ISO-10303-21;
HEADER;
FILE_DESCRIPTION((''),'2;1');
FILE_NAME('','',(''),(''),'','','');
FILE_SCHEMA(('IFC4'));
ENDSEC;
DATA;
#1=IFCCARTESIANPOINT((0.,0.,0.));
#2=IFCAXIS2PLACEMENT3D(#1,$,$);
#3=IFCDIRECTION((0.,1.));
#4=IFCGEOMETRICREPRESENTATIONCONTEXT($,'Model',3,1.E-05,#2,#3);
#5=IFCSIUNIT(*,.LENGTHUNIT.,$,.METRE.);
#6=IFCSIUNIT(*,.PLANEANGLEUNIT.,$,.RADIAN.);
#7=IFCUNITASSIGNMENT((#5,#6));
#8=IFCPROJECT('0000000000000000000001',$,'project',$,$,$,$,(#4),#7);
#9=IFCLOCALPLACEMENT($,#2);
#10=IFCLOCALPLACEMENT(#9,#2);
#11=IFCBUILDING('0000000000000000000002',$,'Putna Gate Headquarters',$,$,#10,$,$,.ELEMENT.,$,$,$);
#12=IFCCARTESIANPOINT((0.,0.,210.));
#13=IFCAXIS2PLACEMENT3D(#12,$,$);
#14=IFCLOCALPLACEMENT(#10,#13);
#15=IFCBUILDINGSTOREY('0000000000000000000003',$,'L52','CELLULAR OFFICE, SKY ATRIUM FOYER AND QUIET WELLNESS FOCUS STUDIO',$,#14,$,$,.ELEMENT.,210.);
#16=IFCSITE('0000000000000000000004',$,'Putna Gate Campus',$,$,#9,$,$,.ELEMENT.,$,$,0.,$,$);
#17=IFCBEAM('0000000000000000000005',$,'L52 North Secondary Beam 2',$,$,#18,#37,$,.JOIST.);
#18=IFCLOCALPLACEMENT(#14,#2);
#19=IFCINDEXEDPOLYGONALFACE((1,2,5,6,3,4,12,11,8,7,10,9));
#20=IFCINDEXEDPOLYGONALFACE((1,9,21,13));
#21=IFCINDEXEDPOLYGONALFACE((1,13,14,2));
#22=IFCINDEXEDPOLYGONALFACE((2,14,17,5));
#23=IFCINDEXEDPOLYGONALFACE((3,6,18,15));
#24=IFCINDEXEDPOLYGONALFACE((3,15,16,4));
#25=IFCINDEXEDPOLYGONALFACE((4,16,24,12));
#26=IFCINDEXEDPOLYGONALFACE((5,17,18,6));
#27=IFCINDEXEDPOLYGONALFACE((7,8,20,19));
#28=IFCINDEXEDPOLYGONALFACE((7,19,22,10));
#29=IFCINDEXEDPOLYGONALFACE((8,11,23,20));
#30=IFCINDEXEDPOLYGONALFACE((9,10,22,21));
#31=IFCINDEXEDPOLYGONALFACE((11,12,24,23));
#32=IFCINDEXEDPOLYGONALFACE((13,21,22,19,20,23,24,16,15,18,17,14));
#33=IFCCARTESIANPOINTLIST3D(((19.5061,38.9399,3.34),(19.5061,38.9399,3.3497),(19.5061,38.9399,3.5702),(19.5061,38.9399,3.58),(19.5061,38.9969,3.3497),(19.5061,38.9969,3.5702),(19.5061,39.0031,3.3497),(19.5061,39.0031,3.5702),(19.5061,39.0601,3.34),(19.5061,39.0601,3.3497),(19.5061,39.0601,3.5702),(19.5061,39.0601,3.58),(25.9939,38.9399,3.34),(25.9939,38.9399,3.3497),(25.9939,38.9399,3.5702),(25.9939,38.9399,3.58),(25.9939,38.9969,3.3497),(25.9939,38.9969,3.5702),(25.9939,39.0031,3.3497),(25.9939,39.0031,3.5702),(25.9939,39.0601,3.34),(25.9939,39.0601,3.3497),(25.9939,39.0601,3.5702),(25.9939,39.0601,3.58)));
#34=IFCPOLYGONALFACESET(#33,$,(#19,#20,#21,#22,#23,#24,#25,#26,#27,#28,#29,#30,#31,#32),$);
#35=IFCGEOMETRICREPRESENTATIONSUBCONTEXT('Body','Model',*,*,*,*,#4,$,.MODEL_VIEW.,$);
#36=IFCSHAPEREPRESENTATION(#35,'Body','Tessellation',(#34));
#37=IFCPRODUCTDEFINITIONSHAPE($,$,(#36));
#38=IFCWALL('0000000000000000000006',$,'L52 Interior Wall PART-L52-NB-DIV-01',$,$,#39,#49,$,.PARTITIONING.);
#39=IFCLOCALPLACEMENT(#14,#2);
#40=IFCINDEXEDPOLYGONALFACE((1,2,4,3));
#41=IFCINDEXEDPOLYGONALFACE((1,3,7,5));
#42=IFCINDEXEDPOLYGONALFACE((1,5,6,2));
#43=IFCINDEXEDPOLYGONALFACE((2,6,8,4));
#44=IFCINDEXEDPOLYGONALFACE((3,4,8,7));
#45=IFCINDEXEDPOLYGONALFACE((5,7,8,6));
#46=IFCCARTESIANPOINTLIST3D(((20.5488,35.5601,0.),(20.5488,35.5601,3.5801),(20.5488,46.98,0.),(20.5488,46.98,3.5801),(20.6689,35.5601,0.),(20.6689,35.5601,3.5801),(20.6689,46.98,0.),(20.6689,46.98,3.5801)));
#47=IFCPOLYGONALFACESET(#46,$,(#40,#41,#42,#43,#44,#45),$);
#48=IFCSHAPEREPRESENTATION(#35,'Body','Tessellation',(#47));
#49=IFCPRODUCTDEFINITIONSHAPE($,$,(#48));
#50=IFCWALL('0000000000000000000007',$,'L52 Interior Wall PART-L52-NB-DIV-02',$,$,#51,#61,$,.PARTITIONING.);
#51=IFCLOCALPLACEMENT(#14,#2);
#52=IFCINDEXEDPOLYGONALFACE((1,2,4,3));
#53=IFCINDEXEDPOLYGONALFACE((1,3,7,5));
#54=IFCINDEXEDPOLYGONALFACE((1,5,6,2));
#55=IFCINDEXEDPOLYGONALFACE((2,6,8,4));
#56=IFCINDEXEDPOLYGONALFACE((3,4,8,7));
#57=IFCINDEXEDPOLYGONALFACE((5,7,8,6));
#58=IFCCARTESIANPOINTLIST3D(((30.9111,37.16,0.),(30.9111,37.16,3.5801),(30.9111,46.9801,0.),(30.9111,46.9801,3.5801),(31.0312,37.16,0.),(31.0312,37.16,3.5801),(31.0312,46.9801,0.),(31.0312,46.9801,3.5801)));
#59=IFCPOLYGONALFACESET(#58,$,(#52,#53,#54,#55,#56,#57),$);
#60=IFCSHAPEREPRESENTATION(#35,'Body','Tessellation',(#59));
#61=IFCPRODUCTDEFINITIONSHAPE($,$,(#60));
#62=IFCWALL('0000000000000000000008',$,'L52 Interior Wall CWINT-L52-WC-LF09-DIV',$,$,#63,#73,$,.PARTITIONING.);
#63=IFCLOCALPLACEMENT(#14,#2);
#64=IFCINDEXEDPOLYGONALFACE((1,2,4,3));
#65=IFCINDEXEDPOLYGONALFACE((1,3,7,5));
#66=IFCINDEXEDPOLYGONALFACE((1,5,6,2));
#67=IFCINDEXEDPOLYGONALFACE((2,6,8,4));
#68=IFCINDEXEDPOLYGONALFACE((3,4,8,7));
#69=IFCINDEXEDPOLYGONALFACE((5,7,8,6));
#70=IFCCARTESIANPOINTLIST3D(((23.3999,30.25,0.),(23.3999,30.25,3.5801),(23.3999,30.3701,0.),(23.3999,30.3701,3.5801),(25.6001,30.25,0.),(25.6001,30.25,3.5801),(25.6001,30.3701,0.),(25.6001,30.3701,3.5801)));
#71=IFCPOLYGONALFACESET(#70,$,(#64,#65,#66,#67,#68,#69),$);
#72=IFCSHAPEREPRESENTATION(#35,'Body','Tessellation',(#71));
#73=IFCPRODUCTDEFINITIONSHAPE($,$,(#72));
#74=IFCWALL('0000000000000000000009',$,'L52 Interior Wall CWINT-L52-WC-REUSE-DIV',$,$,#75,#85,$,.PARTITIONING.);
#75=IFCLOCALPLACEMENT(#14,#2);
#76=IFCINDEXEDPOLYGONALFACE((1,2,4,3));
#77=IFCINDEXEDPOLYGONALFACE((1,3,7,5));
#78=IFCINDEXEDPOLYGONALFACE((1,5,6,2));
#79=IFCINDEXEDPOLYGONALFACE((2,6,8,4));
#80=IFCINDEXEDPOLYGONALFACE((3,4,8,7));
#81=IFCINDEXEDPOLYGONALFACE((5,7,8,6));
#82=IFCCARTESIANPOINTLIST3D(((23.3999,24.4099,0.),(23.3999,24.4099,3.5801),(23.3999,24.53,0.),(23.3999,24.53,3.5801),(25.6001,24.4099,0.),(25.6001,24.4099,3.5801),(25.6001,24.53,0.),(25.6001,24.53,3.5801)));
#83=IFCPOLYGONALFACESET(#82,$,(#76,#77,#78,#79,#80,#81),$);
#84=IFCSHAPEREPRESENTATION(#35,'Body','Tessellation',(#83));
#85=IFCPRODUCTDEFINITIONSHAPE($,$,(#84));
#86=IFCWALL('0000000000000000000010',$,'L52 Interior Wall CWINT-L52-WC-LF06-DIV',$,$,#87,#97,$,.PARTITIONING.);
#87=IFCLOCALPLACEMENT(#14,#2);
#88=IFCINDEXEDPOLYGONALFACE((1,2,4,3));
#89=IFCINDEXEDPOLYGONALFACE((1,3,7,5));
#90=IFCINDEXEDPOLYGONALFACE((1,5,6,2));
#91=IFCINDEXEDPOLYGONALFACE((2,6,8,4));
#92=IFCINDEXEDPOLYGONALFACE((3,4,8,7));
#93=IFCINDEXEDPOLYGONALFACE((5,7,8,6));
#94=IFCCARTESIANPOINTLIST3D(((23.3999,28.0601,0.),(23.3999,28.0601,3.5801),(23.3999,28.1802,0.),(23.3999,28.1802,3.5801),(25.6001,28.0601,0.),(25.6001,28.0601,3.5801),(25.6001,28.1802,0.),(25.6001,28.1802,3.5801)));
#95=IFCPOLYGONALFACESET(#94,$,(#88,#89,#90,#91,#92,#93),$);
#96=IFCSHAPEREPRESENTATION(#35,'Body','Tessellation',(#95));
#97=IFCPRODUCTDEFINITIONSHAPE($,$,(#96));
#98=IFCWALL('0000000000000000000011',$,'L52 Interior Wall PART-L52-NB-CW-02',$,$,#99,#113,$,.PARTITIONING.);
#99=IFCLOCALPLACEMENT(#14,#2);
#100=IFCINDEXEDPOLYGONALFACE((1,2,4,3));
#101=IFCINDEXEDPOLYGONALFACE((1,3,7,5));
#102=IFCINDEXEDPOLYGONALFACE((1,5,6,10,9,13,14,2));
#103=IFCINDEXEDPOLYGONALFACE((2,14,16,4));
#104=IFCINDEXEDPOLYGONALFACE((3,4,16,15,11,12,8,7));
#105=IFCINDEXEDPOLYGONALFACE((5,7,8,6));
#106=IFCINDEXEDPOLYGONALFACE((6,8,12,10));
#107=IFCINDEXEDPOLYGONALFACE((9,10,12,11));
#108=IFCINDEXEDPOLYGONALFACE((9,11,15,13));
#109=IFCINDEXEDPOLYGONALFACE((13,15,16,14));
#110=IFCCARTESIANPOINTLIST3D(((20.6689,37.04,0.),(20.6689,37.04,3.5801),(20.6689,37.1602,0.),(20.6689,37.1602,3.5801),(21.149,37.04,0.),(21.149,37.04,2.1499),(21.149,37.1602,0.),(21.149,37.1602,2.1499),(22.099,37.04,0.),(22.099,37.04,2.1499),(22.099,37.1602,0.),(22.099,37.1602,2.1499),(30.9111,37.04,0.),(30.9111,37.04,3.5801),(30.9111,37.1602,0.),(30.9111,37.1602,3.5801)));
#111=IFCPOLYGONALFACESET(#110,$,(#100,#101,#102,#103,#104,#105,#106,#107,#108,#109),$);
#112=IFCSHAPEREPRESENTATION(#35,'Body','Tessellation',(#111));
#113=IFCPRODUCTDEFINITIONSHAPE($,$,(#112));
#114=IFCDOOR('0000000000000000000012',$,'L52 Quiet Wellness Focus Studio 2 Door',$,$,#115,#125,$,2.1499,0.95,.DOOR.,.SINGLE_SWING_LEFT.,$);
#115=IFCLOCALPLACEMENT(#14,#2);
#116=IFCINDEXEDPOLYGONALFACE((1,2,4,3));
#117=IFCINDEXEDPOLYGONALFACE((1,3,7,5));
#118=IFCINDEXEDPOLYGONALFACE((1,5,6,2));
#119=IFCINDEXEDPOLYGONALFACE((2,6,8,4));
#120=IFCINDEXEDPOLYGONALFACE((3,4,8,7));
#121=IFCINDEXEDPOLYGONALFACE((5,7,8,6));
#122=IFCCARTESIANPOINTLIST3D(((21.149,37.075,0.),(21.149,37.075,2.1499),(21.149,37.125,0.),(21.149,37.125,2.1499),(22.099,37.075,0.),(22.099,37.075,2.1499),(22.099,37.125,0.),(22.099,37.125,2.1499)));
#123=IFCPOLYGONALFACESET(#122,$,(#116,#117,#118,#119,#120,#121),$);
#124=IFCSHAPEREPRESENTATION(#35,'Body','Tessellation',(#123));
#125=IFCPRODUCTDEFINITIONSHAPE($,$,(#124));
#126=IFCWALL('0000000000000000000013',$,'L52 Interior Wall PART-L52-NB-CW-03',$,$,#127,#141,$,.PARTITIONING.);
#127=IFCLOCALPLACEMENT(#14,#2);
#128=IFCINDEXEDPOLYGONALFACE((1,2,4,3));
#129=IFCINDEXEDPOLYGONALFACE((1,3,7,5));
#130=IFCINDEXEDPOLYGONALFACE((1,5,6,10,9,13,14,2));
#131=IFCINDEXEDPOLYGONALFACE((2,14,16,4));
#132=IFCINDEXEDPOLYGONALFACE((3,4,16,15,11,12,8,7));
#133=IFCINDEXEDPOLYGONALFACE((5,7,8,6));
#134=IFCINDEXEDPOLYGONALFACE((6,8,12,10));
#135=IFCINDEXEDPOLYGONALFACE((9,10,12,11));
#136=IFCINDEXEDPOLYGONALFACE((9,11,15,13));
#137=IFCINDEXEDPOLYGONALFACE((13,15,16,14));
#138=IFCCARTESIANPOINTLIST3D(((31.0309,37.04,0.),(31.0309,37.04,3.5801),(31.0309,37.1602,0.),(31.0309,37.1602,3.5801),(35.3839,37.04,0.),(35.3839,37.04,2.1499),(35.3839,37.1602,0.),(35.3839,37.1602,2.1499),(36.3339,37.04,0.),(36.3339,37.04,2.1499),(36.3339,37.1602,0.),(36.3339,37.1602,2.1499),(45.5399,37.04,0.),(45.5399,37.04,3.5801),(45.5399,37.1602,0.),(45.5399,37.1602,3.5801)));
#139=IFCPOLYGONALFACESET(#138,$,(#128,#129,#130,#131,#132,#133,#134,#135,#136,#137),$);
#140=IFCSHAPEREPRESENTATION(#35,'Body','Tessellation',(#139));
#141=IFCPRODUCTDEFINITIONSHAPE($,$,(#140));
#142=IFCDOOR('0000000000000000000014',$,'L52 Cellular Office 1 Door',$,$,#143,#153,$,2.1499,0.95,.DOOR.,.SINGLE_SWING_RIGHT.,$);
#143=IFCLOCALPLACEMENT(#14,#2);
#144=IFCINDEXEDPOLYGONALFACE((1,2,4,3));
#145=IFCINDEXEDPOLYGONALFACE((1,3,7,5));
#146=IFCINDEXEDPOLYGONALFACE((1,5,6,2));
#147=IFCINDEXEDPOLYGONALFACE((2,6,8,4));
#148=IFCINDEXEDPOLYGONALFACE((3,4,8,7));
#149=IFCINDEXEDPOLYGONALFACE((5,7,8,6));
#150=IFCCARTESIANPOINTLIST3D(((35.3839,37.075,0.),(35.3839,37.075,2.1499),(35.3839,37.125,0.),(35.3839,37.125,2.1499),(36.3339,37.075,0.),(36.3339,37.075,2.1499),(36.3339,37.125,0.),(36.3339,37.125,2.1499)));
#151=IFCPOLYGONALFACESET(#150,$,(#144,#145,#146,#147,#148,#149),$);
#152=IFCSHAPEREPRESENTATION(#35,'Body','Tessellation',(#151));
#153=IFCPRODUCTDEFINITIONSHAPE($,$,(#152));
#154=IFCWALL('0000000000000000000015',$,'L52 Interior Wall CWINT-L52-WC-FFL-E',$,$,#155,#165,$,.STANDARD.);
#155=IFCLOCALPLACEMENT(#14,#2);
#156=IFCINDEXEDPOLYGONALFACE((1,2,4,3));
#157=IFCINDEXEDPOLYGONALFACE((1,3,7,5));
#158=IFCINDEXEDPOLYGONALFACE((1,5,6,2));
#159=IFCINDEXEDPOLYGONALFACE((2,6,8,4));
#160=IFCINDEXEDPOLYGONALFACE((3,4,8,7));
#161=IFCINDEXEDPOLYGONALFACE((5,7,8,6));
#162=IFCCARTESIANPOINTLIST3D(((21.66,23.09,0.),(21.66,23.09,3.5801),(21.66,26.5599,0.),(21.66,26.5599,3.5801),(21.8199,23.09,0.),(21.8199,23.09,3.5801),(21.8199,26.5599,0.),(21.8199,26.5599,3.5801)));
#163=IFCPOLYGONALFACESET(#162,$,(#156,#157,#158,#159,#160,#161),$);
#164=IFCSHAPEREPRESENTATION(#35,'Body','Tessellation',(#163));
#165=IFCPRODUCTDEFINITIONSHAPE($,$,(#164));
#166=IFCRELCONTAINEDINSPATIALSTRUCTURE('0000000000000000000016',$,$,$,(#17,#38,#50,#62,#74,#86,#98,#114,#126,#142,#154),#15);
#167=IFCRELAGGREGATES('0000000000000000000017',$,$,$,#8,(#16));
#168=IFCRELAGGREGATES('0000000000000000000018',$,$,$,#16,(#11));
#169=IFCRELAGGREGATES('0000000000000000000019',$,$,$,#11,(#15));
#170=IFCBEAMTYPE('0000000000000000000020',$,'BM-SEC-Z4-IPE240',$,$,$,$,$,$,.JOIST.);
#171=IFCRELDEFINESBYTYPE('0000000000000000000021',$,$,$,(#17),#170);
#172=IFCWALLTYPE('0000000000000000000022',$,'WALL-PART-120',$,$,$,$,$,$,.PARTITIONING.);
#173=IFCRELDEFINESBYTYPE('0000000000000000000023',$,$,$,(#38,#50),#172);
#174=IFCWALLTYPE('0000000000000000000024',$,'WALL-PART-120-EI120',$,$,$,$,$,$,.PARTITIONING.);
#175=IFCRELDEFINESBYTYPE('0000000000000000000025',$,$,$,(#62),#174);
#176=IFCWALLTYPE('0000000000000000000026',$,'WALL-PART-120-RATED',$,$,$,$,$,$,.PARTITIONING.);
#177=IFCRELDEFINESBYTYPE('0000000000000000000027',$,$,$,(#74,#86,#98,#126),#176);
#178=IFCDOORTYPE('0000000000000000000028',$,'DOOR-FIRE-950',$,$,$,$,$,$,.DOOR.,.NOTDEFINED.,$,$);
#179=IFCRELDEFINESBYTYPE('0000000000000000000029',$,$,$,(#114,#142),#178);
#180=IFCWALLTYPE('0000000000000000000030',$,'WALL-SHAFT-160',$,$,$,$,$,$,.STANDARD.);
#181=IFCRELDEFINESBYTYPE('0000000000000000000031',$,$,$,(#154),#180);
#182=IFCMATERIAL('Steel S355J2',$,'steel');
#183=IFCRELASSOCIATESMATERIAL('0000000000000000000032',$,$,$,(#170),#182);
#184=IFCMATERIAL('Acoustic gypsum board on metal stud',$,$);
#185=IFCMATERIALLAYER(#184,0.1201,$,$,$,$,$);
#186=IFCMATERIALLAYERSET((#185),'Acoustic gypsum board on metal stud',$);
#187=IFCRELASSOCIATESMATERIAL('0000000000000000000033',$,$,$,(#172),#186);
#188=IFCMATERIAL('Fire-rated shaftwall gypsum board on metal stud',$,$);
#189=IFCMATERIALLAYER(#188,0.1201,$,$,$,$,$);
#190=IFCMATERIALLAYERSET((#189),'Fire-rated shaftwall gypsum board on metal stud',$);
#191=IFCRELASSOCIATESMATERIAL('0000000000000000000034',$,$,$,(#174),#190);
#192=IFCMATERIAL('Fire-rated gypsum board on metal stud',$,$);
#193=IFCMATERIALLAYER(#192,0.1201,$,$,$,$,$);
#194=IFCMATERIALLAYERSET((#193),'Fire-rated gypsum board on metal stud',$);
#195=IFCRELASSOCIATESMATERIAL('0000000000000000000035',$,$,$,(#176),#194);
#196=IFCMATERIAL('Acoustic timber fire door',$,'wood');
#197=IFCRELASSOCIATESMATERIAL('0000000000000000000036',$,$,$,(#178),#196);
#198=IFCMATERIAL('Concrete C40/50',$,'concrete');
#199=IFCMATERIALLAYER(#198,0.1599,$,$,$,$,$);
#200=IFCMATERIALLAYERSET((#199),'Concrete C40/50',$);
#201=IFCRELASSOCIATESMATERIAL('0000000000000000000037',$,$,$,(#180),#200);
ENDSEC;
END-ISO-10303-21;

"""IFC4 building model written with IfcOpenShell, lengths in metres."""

from ifc_helpers import new_model, si_unit, direction, frame, frame_2d, origin, origin_2d, place, context, subcontext, project, spatial, rectangle, i_section, extrude, material, layer, layer_set, material_profile, profile_set, type_object, element, fill, save


model = new_model("IFC4")

# Units and contexts
model_context = context("Model", 3, precision=1e-05, world=origin(), true_north=direction((0.0, 1.0)))
body_context = subcontext(model_context, "Body", "Model", "MODEL_VIEW")
ifc_project = project(units=[si_unit("LENGTHUNIT", "METRE"), si_unit("PLANEANGLEUNIT", "RADIAN")], contexts=[model_context])

# Site, building, storey
site_placement = place(None, origin())
site = spatial("IfcSite", under=ifc_project, at=site_placement, Name="Putna Gate Campus", CompositionType="ELEMENT", RefElevation=0.0)
building_placement = place(site_placement, origin())
building = spatial("IfcBuilding", under=site, at=building_placement, Name="Putna Gate Headquarters", CompositionType="ELEMENT")
storey_placement = place(building_placement, frame((0.0, 0.0, 210.0)))
storey = spatial("IfcBuildingStorey", under=building, at=storey_placement, Name="L52", Description="CELLULAR OFFICE, SKY ATRIUM FOYER AND QUIET WELLNESS FOCUS STUDIO", CompositionType="ELEMENT", Elevation=210.0)

# Beam
ifc_material_1 = material(Name="Steel S355J2", Category="steel")
ifc_material_profile_1 = material_profile(ifc_material_1, i_section(OverallWidth=0.1201, OverallDepth=0.24, WebThickness=0.0061, FlangeThickness=0.0098, at=origin_2d()), Name="Steel S355J2")
ifc_profile_set_1 = profile_set([ifc_material_profile_1], Name="Steel S355J2")
beam_type_1 = type_object("IfcBeamType", Name="BM-SEC-Z4-IPE240", PredefinedType="JOIST", material=ifc_profile_set_1)
beam_1_placement = place(storey_placement, frame((19.5061, 39.0, 3.46), z_axis=(1.0, 0.0, 0.0), x_axis=(0.0, 1.0, 0.0)))
element("IfcBeam", 1, at=beam_1_placement, inside=storey, type_object=beam_type_1, Name="L52 North Secondary Beam 2", PredefinedType="JOIST", context=body_context, shape_type="SweptSolid", body=[
    extrude(i_section(OverallWidth=0.1201, OverallDepth=0.24, WebThickness=0.0061, FlangeThickness=0.0098, at=origin_2d()), origin(), (0.0, 0.0, 1.0), 6.4878),
])

# Walls
ifc_material_2 = material(Name="Acoustic gypsum board on metal stud")
ifc_layer_1 = layer(ifc_material_2, 0.1201)
ifc_layer_set_1 = layer_set([ifc_layer_1], Name="Acoustic gypsum board on metal stud")
wall_type_1 = type_object("IfcWallType", Name="WALL-PART-120", PredefinedType="PARTITIONING", material=ifc_layer_set_1)
wall_1_placement = place(storey_placement, frame((20.6089, 35.5601, 0.0), z_axis=(0.0, 0.0, 1.0), x_axis=(0.0, 1.0, 0.0)))
element("IfcWall", 2, at=wall_1_placement, inside=storey, type_object=wall_type_1, Name="L52 Interior Wall PART-L52-NB-DIV-01", PredefinedType="PARTITIONING", context=body_context, shape_type="SweptSolid", body=[
    extrude(rectangle(XDim=11.4199, YDim=0.1201, at=frame_2d((5.71, 0.0))), origin(), (0.0, 0.0, 1.0), 3.5801),
])
wall_2_placement = place(storey_placement, frame((30.9712, 37.1599, 0.0), z_axis=(0.0, 0.0, 1.0), x_axis=(0.0, 1.0, 0.0)))
element("IfcWall", 3, at=wall_2_placement, inside=storey, type_object=wall_type_1, Name="L52 Interior Wall PART-L52-NB-DIV-02", PredefinedType="PARTITIONING", context=body_context, shape_type="SweptSolid", body=[
    extrude(rectangle(XDim=9.8201, YDim=0.1201, at=frame_2d((4.9102, 0.0))), origin(), (0.0, 0.0, 1.0), 3.5801),
])
ifc_material_3 = material(Name="Fire-rated shaftwall gypsum board on metal stud")
ifc_layer_2 = layer(ifc_material_3, 0.1201)
ifc_layer_set_2 = layer_set([ifc_layer_2], Name="Fire-rated shaftwall gypsum board on metal stud")
wall_type_2 = type_object("IfcWallType", Name="WALL-PART-120-EI120", PredefinedType="PARTITIONING", material=ifc_layer_set_2)
wall_3_placement = place(storey_placement, frame((23.3999, 30.3101, 0.0), z_axis=(0.0, 0.0, 1.0), x_axis=(1.0, 0.0, 0.0)))
element("IfcWall", 4, at=wall_3_placement, inside=storey, type_object=wall_type_2, Name="L52 Interior Wall CWINT-L52-WC-LF09-DIV", PredefinedType="PARTITIONING", context=body_context, shape_type="SweptSolid", body=[
    extrude(rectangle(XDim=2.2002, YDim=0.1201, at=frame_2d((1.1001, 0.0))), origin(), (0.0, 0.0, 1.0), 3.5801),
])
ifc_material_4 = material(Name="Fire-rated gypsum board on metal stud")
ifc_layer_3 = layer(ifc_material_4, 0.1201)
ifc_layer_set_3 = layer_set([ifc_layer_3], Name="Fire-rated gypsum board on metal stud")
wall_type_3 = type_object("IfcWallType", Name="WALL-PART-120-RATED", PredefinedType="PARTITIONING", material=ifc_layer_set_3)
for number, where, z_axis, x_axis, name in (
    (5, (23.3999, 24.47, 0.0), (0.0, 0.0, 1.0), (1.0, 0.0, 0.0), "L52 Interior Wall CWINT-L52-WC-REUSE-DIV"),
    (6, (23.3999, 28.1201, 0.0), (0.0, 0.0, 1.0), (1.0, 0.0, 0.0), "L52 Interior Wall CWINT-L52-WC-LF06-DIV"),
):
    element("IfcWall", number, at=place(storey_placement, frame(where, z_axis=z_axis, x_axis=x_axis)), inside=storey, type_object=wall_type_3, Name=name, PredefinedType="PARTITIONING", context=body_context, shape_type="SweptSolid", body=[
        extrude(rectangle(XDim=2.2002, YDim=0.1201, at=frame_2d((1.1001, 0.0))), origin(), (0.0, 0.0, 1.0), 3.5801),
    ])

# Walls, openings, doors
wall_4_placement = place(storey_placement, frame((20.6689, 37.1001, 0.0), z_axis=(0.0, 0.0, 1.0), x_axis=(1.0, 0.0, 0.0)))
wall_4 = element("IfcWall", 7, at=wall_4_placement, inside=storey, type_object=wall_type_3, Name="L52 Interior Wall PART-L52-NB-CW-02", PredefinedType="PARTITIONING", context=body_context, shape_type="SweptSolid", body=[
    extrude(rectangle(XDim=10.2422, YDim=0.1201, at=frame_2d((5.1211, 0.0))), origin(), (0.0, 0.0, 1.0), 3.5801),
])
opening_1_placement = place(wall_4_placement, frame((0.48, 0.0, 0.0)))
opening_1 = element("IfcOpeningElement", 8, at=opening_1_placement, cuts=wall_4, PredefinedType="OPENING", context=body_context, shape_type="SweptSolid", body=[
    extrude(rectangle(XDim=0.95, YDim=2.1499, at=frame_2d((0.4751, 1.075))), frame((0.0, 0.0701, 0.0), z_axis=(0.0, -1.0, 0.0), x_axis=(1.0, 0.0, 0.0)), (0.0, 0.0, 1.0), 0.1401),
])
ifc_material_5 = material(Name="Acoustic timber fire door", Category="wood")
door_type_1 = type_object("IfcDoorType", Name="DOOR-FIRE-950", OperationType="NOTDEFINED", PredefinedType="DOOR", material=ifc_material_5)
door_1_placement = place(opening_1_placement, origin())
door_1 = element("IfcDoor", 9, at=door_1_placement, inside=storey, type_object=door_type_1, Name="L52 Quiet Wellness Focus Studio 2 Door", OperationType="SINGLE_SWING_LEFT", OverallHeight=2.1499, OverallWidth=0.95, PredefinedType="DOOR", context=body_context, shape_type="SweptSolid", body=[
    extrude(rectangle(XDim=0.95, YDim=2.1499, at=frame_2d((0.4751, 1.075))), frame((0.0, 0.0249, 0.0), z_axis=(0.0, -1.0, 0.0), x_axis=(1.0, 0.0, 0.0)), (0.0, 0.0, 1.0), 0.05),
])
fill(opening_1, door_1)
wall_5_placement = place(storey_placement, frame((31.031, 37.1001, 0.0), z_axis=(0.0, 0.0, 1.0), x_axis=(1.0, 0.0, 0.0)))
wall_5 = element("IfcWall", 10, at=wall_5_placement, inside=storey, type_object=wall_type_3, Name="L52 Interior Wall PART-L52-NB-CW-03", PredefinedType="PARTITIONING", context=body_context, shape_type="SweptSolid", body=[
    extrude(rectangle(XDim=14.509, YDim=0.1201, at=frame_2d((7.2544, 0.0))), origin(), (0.0, 0.0, 1.0), 3.5801),
])
opening_2_placement = place(wall_5_placement, frame((4.3528, 0.0, 0.0)))
opening_2 = element("IfcOpeningElement", 11, at=opening_2_placement, cuts=wall_5, PredefinedType="OPENING", context=body_context, shape_type="SweptSolid", body=[
    extrude(rectangle(XDim=0.95, YDim=2.1499, at=frame_2d((0.4751, 1.075))), frame((0.0, 0.0701, 0.0), z_axis=(0.0, -1.0, 0.0), x_axis=(1.0, 0.0, 0.0)), (0.0, 0.0, 1.0), 0.1401),
])
door_2_placement = place(opening_2_placement, origin())
door_2 = element("IfcDoor", 12, at=door_2_placement, inside=storey, type_object=door_type_1, Name="L52 Cellular Office 1 Door", OperationType="SINGLE_SWING_RIGHT", OverallHeight=2.1499, OverallWidth=0.95, PredefinedType="DOOR", context=body_context, shape_type="SweptSolid", body=[
    extrude(rectangle(XDim=0.95, YDim=2.1499, at=frame_2d((0.4751, 1.075))), frame((0.0, 0.0249, 0.0), z_axis=(0.0, -1.0, 0.0), x_axis=(1.0, 0.0, 0.0)), (0.0, 0.0, 1.0), 0.05),
])
fill(opening_2, door_2)

# Wall
ifc_material_6 = material(Name="Concrete C40/50", Category="concrete")
ifc_layer_4 = layer(ifc_material_6, 0.1599)
ifc_layer_set_4 = layer_set([ifc_layer_4], Name="Concrete C40/50")
wall_type_4 = type_object("IfcWallType", Name="WALL-SHAFT-160", PredefinedType="STANDARD", material=ifc_layer_set_4)
wall_6_placement = place(storey_placement, frame((21.74, 23.0901, 0.0), z_axis=(0.0, 0.0, 1.0), x_axis=(0.0, 1.0, 0.0)))
element("IfcWall", 13, at=wall_6_placement, inside=storey, type_object=wall_type_4, Name="L52 Interior Wall CWINT-L52-WC-FFL-E", PredefinedType="STANDARD", context=body_context, shape_type="SweptSolid", body=[
    extrude(rectangle(XDim=3.47, YDim=0.1599, at=frame_2d((1.7349, 0.0))), origin(), (0.0, 0.0, 1.0), 3.5801),
])

save(model, "model.ifc")
